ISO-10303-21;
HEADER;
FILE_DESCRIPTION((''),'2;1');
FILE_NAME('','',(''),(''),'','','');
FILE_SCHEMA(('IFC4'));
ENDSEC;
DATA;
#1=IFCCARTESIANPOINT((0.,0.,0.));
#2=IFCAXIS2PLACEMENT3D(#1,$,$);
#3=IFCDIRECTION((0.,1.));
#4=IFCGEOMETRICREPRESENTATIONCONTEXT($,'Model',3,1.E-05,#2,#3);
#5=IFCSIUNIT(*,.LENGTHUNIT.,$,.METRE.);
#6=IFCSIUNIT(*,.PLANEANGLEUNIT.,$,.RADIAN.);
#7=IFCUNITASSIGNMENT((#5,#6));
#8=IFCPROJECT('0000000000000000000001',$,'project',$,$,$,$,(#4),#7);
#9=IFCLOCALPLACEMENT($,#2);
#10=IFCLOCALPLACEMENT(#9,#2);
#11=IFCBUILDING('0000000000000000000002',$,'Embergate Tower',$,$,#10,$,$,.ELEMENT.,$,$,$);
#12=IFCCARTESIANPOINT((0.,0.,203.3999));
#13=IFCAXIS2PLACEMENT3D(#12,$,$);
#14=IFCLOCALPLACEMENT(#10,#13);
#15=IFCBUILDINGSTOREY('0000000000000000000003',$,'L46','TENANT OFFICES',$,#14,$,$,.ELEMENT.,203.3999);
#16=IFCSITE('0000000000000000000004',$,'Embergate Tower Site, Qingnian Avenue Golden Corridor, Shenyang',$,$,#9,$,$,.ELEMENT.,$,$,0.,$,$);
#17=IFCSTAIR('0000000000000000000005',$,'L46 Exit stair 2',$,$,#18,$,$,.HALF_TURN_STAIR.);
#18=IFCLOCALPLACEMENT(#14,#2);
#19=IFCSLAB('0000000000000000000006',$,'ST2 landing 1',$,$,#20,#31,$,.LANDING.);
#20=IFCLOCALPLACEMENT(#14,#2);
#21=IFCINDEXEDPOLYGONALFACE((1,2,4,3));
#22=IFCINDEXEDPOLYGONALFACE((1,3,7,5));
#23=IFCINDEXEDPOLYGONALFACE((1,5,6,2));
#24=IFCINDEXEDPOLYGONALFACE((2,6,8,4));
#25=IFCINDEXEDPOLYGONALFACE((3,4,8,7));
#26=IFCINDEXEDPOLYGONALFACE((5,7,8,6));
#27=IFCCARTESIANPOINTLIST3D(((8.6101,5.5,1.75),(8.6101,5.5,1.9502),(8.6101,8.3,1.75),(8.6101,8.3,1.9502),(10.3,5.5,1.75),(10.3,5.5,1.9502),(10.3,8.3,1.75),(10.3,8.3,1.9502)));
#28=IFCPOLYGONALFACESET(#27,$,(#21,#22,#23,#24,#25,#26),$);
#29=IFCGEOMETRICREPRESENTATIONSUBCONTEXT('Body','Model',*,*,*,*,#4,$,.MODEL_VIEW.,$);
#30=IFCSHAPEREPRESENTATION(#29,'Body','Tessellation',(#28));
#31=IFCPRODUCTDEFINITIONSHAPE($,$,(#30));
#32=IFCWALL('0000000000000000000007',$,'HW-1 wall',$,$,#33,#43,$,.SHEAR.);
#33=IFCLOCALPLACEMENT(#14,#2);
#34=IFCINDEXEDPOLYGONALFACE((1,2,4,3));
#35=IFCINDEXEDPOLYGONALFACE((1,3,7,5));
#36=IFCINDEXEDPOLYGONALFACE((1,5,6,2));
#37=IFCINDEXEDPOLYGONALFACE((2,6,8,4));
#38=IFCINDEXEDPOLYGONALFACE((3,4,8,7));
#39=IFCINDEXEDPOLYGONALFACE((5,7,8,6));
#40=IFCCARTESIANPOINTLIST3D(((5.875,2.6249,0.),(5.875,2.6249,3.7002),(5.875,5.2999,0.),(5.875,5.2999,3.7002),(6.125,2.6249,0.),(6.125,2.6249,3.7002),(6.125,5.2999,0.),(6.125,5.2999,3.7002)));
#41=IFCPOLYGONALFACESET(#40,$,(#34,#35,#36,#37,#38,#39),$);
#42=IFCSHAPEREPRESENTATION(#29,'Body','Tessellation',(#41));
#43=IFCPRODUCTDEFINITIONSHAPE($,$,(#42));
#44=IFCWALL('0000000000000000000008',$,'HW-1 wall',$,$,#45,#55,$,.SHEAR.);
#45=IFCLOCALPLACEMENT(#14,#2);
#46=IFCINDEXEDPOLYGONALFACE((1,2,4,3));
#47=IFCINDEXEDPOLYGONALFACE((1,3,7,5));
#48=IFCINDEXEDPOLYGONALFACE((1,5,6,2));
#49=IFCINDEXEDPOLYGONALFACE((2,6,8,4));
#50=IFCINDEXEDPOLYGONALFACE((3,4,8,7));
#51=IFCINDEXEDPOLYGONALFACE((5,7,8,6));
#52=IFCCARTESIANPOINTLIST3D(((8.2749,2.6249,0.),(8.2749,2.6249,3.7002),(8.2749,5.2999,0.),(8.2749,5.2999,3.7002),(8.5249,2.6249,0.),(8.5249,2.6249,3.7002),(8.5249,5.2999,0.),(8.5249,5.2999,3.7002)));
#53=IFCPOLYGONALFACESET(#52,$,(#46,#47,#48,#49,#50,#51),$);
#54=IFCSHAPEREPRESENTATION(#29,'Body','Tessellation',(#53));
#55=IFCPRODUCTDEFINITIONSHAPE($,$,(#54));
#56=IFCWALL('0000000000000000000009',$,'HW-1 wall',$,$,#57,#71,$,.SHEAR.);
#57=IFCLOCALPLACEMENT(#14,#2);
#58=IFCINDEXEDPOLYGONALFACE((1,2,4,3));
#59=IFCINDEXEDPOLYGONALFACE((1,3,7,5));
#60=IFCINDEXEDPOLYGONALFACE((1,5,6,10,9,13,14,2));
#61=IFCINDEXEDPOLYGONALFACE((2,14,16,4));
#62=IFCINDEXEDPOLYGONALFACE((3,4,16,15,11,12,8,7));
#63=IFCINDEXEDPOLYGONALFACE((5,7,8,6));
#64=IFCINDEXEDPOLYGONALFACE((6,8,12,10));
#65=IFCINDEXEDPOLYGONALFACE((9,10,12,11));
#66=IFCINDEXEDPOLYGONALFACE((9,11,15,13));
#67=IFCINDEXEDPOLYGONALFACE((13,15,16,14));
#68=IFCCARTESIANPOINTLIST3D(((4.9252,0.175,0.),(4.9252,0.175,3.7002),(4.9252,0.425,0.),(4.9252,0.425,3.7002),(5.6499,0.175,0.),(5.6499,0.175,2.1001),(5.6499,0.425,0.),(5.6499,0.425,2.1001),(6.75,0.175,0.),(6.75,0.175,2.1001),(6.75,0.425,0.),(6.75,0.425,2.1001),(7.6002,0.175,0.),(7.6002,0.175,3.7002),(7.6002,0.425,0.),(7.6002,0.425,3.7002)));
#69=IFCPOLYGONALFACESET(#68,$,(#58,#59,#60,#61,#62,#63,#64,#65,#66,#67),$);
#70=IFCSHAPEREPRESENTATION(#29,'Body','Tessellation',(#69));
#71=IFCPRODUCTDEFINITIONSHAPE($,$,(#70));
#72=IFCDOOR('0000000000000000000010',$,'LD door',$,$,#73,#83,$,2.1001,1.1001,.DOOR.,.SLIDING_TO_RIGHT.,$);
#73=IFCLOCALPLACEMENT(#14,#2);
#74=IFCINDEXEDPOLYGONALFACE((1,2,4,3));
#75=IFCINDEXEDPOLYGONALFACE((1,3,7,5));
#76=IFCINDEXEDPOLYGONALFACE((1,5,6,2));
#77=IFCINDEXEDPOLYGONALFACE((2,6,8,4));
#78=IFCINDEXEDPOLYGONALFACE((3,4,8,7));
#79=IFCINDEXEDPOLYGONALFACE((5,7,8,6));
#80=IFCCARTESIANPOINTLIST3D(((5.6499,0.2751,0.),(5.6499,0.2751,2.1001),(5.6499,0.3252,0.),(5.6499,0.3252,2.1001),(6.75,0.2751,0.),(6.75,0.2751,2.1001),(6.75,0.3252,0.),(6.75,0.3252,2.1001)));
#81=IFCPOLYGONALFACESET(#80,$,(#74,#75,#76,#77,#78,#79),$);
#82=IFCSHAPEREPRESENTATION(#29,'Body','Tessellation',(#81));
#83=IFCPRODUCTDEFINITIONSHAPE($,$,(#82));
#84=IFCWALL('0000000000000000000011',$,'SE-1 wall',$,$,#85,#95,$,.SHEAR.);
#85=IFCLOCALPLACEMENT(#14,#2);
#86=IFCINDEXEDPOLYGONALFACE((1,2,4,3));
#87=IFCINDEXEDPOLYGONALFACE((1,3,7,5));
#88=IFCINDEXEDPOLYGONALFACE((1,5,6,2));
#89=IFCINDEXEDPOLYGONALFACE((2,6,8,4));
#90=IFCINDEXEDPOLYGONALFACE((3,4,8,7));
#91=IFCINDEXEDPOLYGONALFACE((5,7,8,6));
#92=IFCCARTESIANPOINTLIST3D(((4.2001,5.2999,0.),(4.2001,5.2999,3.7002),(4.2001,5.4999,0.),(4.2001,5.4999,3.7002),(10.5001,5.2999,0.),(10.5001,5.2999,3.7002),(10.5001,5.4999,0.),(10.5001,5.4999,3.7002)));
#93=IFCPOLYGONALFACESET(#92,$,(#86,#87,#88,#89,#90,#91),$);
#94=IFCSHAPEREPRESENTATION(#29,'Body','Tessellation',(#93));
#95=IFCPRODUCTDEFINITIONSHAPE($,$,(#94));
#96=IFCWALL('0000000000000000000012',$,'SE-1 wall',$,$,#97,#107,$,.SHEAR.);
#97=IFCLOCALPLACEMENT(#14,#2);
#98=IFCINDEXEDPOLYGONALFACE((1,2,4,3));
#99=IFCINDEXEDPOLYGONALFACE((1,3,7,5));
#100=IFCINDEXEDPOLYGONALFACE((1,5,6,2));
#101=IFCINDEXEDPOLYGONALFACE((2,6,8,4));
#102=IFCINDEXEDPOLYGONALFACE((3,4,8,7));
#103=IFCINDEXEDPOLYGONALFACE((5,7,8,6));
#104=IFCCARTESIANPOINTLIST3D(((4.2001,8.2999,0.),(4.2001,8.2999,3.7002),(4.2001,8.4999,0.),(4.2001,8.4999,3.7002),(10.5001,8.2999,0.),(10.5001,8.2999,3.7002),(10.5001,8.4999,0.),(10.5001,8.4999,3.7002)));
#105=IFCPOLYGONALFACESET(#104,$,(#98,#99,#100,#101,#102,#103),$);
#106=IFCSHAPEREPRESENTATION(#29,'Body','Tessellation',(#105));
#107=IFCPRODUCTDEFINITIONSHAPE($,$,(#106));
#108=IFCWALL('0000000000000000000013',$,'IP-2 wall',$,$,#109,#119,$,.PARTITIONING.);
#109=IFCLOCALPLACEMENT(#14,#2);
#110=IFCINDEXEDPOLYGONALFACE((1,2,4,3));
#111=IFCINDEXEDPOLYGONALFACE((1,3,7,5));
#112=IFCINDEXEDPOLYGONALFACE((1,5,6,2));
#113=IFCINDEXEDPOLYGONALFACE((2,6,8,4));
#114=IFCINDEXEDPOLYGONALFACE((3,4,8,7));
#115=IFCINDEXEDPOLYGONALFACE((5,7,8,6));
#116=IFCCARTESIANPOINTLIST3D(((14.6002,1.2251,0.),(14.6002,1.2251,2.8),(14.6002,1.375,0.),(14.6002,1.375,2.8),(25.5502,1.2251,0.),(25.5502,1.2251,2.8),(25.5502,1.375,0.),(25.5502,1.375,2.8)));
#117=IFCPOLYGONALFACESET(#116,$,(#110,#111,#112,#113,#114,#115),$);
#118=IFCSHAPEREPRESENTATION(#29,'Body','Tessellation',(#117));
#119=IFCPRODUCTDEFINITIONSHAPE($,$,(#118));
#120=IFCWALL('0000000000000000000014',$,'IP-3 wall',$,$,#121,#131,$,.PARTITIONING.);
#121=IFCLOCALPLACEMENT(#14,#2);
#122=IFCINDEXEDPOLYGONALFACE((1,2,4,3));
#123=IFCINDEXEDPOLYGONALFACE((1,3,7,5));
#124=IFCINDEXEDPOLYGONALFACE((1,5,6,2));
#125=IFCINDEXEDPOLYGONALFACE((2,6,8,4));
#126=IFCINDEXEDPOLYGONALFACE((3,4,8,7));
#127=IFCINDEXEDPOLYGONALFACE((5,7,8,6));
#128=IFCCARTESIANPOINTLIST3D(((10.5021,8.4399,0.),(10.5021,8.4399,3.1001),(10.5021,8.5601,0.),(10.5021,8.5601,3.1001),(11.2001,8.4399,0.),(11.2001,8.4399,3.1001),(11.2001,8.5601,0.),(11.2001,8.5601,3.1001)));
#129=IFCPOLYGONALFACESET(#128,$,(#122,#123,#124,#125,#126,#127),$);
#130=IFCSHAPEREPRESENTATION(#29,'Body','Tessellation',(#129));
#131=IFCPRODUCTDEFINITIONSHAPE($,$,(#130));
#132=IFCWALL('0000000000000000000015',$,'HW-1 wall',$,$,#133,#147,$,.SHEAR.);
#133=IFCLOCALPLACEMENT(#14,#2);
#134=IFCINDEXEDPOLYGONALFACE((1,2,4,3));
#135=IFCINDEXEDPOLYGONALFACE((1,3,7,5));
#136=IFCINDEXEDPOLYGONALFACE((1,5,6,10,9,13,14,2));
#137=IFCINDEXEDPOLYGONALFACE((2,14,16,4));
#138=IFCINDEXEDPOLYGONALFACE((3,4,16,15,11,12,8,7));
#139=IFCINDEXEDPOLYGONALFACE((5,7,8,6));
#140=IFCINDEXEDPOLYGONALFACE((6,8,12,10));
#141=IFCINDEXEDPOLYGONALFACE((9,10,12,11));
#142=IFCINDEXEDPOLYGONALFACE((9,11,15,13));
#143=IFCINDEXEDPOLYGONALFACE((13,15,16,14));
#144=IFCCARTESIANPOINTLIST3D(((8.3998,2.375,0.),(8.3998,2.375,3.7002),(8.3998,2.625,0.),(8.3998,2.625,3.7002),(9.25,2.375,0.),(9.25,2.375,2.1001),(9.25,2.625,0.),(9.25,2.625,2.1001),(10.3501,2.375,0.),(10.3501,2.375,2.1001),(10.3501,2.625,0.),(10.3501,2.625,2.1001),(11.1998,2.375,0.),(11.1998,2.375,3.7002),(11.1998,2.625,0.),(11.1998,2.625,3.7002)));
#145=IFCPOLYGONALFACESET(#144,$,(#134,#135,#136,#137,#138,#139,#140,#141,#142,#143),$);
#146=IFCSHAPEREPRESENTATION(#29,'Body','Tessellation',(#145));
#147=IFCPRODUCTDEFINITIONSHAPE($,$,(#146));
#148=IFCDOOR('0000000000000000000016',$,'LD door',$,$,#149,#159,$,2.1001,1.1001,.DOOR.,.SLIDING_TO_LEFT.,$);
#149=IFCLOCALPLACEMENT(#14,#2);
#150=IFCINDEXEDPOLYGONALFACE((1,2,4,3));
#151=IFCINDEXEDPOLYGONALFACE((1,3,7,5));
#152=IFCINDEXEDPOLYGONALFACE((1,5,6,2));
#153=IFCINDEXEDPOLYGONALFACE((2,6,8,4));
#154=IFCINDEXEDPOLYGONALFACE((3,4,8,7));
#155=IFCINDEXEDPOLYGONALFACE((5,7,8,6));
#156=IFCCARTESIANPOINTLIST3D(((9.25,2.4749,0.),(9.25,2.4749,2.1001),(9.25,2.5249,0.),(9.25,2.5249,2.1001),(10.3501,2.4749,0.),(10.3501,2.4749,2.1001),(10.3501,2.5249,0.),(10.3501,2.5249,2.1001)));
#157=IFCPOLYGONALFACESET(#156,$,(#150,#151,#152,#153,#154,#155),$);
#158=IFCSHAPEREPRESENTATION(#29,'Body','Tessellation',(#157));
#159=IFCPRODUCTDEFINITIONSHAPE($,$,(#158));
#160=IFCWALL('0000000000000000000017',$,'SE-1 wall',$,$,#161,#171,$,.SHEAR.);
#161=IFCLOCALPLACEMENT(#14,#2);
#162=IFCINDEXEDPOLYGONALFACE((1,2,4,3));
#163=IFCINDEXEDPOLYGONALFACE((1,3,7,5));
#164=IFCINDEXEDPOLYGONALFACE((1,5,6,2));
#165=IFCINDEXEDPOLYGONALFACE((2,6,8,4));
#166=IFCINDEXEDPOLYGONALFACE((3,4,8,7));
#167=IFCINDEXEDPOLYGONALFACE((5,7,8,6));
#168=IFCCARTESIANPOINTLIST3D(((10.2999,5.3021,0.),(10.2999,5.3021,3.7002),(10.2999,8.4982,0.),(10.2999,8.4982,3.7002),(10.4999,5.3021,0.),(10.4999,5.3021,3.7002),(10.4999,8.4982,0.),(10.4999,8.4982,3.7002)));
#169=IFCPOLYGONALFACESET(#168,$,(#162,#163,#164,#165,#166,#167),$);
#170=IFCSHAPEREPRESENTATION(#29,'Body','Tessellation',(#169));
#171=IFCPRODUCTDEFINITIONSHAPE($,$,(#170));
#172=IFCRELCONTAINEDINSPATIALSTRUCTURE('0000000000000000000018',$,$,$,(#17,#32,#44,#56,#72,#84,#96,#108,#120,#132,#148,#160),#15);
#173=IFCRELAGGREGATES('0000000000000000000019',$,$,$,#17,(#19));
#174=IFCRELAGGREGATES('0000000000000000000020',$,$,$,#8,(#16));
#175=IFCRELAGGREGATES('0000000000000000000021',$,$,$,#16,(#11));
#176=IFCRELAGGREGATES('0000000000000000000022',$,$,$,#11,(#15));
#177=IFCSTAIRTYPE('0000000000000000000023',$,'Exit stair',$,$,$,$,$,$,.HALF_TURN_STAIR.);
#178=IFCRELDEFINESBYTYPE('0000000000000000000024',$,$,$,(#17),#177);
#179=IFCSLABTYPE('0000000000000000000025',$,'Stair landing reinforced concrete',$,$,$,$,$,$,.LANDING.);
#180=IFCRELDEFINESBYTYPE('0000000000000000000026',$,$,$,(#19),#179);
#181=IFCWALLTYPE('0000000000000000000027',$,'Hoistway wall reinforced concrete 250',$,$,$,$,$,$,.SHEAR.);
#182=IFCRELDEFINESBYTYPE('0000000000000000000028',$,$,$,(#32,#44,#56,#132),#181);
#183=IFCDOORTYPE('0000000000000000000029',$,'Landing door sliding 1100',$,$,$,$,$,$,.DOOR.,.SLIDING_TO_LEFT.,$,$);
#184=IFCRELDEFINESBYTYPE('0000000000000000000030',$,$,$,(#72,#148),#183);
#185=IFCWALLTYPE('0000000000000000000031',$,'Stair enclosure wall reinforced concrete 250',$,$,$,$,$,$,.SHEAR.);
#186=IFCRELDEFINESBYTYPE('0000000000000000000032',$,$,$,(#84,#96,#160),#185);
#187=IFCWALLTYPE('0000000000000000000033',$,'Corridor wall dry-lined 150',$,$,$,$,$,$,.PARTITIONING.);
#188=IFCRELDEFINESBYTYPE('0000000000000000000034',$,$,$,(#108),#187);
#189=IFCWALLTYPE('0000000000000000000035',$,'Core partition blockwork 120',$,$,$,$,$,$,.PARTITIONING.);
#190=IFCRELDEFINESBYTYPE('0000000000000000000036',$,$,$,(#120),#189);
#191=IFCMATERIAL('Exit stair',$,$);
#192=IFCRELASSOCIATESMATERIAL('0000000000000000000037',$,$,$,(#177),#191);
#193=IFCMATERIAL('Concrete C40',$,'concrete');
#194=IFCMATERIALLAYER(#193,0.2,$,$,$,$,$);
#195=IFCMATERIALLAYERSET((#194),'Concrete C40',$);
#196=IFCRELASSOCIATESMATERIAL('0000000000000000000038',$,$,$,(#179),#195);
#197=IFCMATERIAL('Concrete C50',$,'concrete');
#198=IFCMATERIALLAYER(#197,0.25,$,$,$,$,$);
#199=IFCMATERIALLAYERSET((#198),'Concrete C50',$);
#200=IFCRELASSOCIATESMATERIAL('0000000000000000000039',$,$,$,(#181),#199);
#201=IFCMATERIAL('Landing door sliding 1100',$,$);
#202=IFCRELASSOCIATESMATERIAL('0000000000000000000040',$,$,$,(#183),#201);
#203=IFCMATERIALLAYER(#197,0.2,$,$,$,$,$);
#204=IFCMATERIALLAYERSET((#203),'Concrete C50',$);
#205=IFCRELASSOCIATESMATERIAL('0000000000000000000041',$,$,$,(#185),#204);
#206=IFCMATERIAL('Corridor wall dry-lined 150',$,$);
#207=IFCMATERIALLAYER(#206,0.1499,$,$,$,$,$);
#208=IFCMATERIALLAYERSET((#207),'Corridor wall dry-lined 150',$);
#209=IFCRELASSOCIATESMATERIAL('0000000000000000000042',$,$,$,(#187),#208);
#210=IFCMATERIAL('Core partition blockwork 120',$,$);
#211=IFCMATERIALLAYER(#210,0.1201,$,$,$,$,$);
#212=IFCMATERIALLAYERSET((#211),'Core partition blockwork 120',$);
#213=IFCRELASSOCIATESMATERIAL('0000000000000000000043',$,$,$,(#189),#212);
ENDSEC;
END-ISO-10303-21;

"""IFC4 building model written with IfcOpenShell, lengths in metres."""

from ifc_helpers import new_model, si_unit, direction, frame, frame_2d, origin, place, context, subcontext, project, spatial, polyline, rectangle, outline, extrude, source, transform, mapped, material, layer, layer_set, type_object, element, fill, aggregate, save


model = new_model("IFC4")

# Units and contexts
model_context = context("Model", 3, precision=1e-05, world=origin(), true_north=direction((0.0, 1.0)))
body_context = subcontext(model_context, "Body", "Model", "MODEL_VIEW")
ifc_project = project(units=[si_unit("LENGTHUNIT", "METRE"), si_unit("PLANEANGLEUNIT", "RADIAN")], contexts=[model_context])

# Site, building, storey
site_placement = place(None, origin())
site = spatial("IfcSite", under=ifc_project, at=site_placement, Name="Embergate Tower Site, Qingnian Avenue Golden Corridor, Shenyang", CompositionType="ELEMENT", RefElevation=0.0)
building_placement = place(site_placement, origin())
building = spatial("IfcBuilding", under=site, at=building_placement, Name="Embergate Tower", CompositionType="ELEMENT")
storey_placement = place(building_placement, frame((0.0, 0.0, 203.3999)))
storey = spatial("IfcBuildingStorey", under=building, at=storey_placement, Name="L46", Description="TENANT OFFICES", CompositionType="ELEMENT", Elevation=203.3999)

# Stair, slab
ifc_material_1 = material(Name="Exit stair")
stair_type = type_object("IfcStairType", Name="Exit stair", PredefinedType="HALF_TURN_STAIR", material=ifc_material_1)
stair_placement = place(storey_placement, origin())
stair = element("IfcStair", 1, at=stair_placement, inside=storey, type_object=stair_type, Name="L46 Exit stair 2", PredefinedType="HALF_TURN_STAIR")
ifc_material_2 = material(Name="Concrete C40", Category="concrete")
ifc_layer_1 = layer(ifc_material_2, 0.2)
ifc_layer_set_1 = layer_set([ifc_layer_1], Name="Concrete C40")
slab_type = type_object("IfcSlabType", Name="Stair landing reinforced concrete", PredefinedType="LANDING", material=ifc_layer_set_1)
shared_shape_1 = source(origin(), body_context, "Body", "SweptSolid", [
    extrude(outline(polyline([(0.0, 0.0), (1.6899, 0.0), (1.6899, 2.8), (0.0, 2.8), (0.0, 0.0)])), origin(), (0.0, 0.0, 1.0), 0.2002),
])
slab_placement = place(storey_placement, frame((8.6101, 5.5, 1.75)))
slab = element("IfcSlab", 2, at=slab_placement, type_object=slab_type, Name="ST2 landing 1", PredefinedType="LANDING", context=body_context, shape_type="MappedRepresentation", body=[
    mapped(shared_shape_1, transform((0.0, 0.0, 0.0))),
])

# Walls
ifc_material_3 = material(Name="Concrete C50", Category="concrete")
ifc_layer_2 = layer(ifc_material_3, 0.25)
ifc_layer_set_2 = layer_set([ifc_layer_2], Name="Concrete C50")
wall_type_1 = type_object("IfcWallType", Name="Hoistway wall reinforced concrete 250", PredefinedType="SHEAR", material=ifc_layer_set_2)
shared_shape_2 = source(origin(), body_context, "Body", "SweptSolid", [
    extrude(rectangle(XDim=2.675, YDim=0.25, at=frame_2d((1.3374, 0.0))), origin(), (0.0, 0.0, 1.0), 3.7002),
])
for number, where, z_axis, x_axis, name in (
    (3, (6.0, 2.625, 0.0), (0.0, 0.0, 1.0), (0.0, 1.0, 0.0), "HW-1 wall"),
    (4, (8.3999, 2.625, 0.0), (0.0, 0.0, 1.0), (0.0, 1.0, 0.0), "HW-1 wall"),
):
    element("IfcWall", number, at=place(storey_placement, frame(where, z_axis=z_axis, x_axis=x_axis)), inside=storey, type_object=wall_type_1, Name=name, PredefinedType="SHEAR", context=body_context, shape_type="MappedRepresentation", body=[
        mapped(shared_shape_2, transform((0.0, 0.0, 0.0))),
    ])

# Wall, opening, door
wall_1_placement = place(storey_placement, frame((7.6001, 0.3, 0.0), z_axis=(0.0, 0.0, 1.0), x_axis=(-1.0, 0.0, 0.0)))
wall_1 = element("IfcWall", 5, at=wall_1_placement, inside=storey, type_object=wall_type_1, Name="HW-1 wall", PredefinedType="SHEAR", context=body_context, shape_type="MappedRepresentation", body=[
    mapped(shared_shape_2, transform((0.0, 0.0, 0.0))),
])
shared_shape_3 = source(origin(), body_context, "Body", "SweptSolid", [
    extrude(rectangle(XDim=1.1001, YDim=2.1001, at=frame_2d((0.55, 1.05))), frame((0.0, 0.135, 0.0), z_axis=(0.0, -1.0, 0.0), x_axis=(1.0, 0.0, 0.0)), (0.0, 0.0, 1.0), 0.27),
])
opening_1_placement = place(wall_1_placement, frame((0.8501, 0.0, 0.0)))
opening_1 = element("IfcOpeningElement", 6, at=opening_1_placement, cuts=wall_1, PredefinedType="OPENING", context=body_context, shape_type="MappedRepresentation", body=[
    mapped(shared_shape_3, transform((0.0, 0.0, 0.0))),
])
ifc_material_4 = material(Name="Landing door sliding 1100")
door_type = type_object("IfcDoorType", Name="Landing door sliding 1100", OperationType="SLIDING_TO_LEFT", PredefinedType="DOOR", material=ifc_material_4)
shared_shape_4 = source(origin(), body_context, "Body", "SweptSolid", [
    extrude(rectangle(XDim=1.1001, YDim=2.1001, at=frame_2d((0.55, 1.05))), frame((0.0, 0.0249, 0.0), z_axis=(0.0, -1.0, 0.0), x_axis=(1.0, 0.0, 0.0)), (0.0, 0.0, 1.0), 0.05),
])
door_1_placement = place(opening_1_placement, origin())
door_1 = element("IfcDoor", 7, at=door_1_placement, inside=storey, type_object=door_type, Name="LD door", OperationType="SLIDING_TO_RIGHT", OverallHeight=2.1001, OverallWidth=1.1001, PredefinedType="DOOR", context=body_context, shape_type="MappedRepresentation", body=[
    mapped(shared_shape_4, transform((0.0, 0.0, 0.0))),
])
fill(opening_1, door_1)

# Walls
ifc_layer_3 = layer(ifc_material_3, 0.2)
ifc_layer_set_3 = layer_set([ifc_layer_3], Name="Concrete C50")
wall_type_2 = type_object("IfcWallType", Name="Stair enclosure wall reinforced concrete 250", PredefinedType="SHEAR", material=ifc_layer_set_3)
shared_shape_5 = source(origin(), body_context, "Body", "SweptSolid", [
    extrude(rectangle(XDim=6.3, YDim=0.2, at=frame_2d((3.1499, 0.0))), origin(), (0.0, 0.0, 1.0), 3.7002),
])
for number, where, z_axis, x_axis, name in (
    (8, (10.5, 5.3999, 0.0), (0.0, 0.0, 1.0), (-1.0, 0.0, 0.0), "SE-1 wall"),
    (9, (10.5, 8.3999, 0.0), (0.0, 0.0, 1.0), (-1.0, 0.0, 0.0), "SE-1 wall"),
):
    element("IfcWall", number, at=place(storey_placement, frame(where, z_axis=z_axis, x_axis=x_axis)), inside=storey, type_object=wall_type_2, Name=name, PredefinedType="SHEAR", context=body_context, shape_type="MappedRepresentation", body=[
        mapped(shared_shape_5, transform((0.0, 0.0, 0.0))),
    ])
ifc_material_5 = material(Name="Corridor wall dry-lined 150")
ifc_layer_4 = layer(ifc_material_5, 0.1499)
ifc_layer_set_4 = layer_set([ifc_layer_4], Name="Corridor wall dry-lined 150")
wall_type_3 = type_object("IfcWallType", Name="Corridor wall dry-lined 150", PredefinedType="PARTITIONING", material=ifc_layer_set_4)
shared_shape_6 = source(origin(), body_context, "Body", "SweptSolid", [
    extrude(rectangle(XDim=10.95, YDim=0.1499, at=frame_2d((5.4751, 0.0))), origin(), (0.0, 0.0, 1.0), 2.8),
])
wall_2_placement = place(storey_placement, frame((14.6001, 1.3, 0.0), z_axis=(0.0, 0.0, 1.0), x_axis=(1.0, 0.0, 0.0)))
element("IfcWall", 10, at=wall_2_placement, inside=storey, type_object=wall_type_3, Name="IP-2 wall", PredefinedType="PARTITIONING", context=body_context, shape_type="MappedRepresentation", body=[
    mapped(shared_shape_6, transform((0.0, 0.0, 0.0))),
])
ifc_material_6 = material(Name="Core partition blockwork 120")
ifc_layer_5 = layer(ifc_material_6, 0.1201)
ifc_layer_set_5 = layer_set([ifc_layer_5], Name="Core partition blockwork 120")
wall_type_4 = type_object("IfcWallType", Name="Core partition blockwork 120", PredefinedType="PARTITIONING", material=ifc_layer_set_5)
shared_shape_7 = source(origin(), body_context, "Body", "SweptSolid", [
    extrude(rectangle(XDim=0.698, YDim=0.1201, at=frame_2d((0.3491, 0.0))), origin(), (0.0, 0.0, 1.0), 3.1001),
])
wall_3_placement = place(storey_placement, frame((10.502, 8.5, 0.0), z_axis=(0.0, 0.0, 1.0), x_axis=(1.0, 0.0, 0.0)))
element("IfcWall", 11, at=wall_3_placement, inside=storey, type_object=wall_type_4, Name="IP-3 wall", PredefinedType="PARTITIONING", context=body_context, shape_type="MappedRepresentation", body=[
    mapped(shared_shape_7, transform((0.0, 0.0, 0.0))),
])

# Wall, opening, door
shared_shape_8 = source(origin(), body_context, "Body", "SweptSolid", [
    extrude(rectangle(XDim=2.8, YDim=0.25, at=frame_2d((1.3999, 0.0))), origin(), (0.0, 0.0, 1.0), 3.7002),
])
wall_4_placement = place(storey_placement, frame((8.3999, 2.5, 0.0), z_axis=(0.0, 0.0, 1.0), x_axis=(1.0, 0.0, 0.0)))
wall_4 = element("IfcWall", 12, at=wall_4_placement, inside=storey, type_object=wall_type_1, Name="HW-1 wall", PredefinedType="SHEAR", context=body_context, shape_type="MappedRepresentation", body=[
    mapped(shared_shape_8, transform((0.0, 0.0, 0.0))),
])
opening_2_placement = place(wall_4_placement, frame((0.8501, 0.0, 0.0)))
opening_2 = element("IfcOpeningElement", 13, at=opening_2_placement, cuts=wall_4, PredefinedType="OPENING", context=body_context, shape_type="MappedRepresentation", body=[
    mapped(shared_shape_3, transform((0.0, 0.0, 0.0))),
])
door_2_placement = place(opening_2_placement, origin())
door_2 = element("IfcDoor", 14, at=door_2_placement, inside=storey, type_object=door_type, Name="LD door", OperationType="SLIDING_TO_LEFT", OverallHeight=2.1001, OverallWidth=1.1001, PredefinedType="DOOR", context=body_context, shape_type="MappedRepresentation", body=[
    mapped(shared_shape_4, transform((0.0, 0.0, 0.0))),
])
fill(opening_2, door_2)

# Wall
shared_shape_9 = source(origin(), body_context, "Body", "SweptSolid", [
    extrude(rectangle(XDim=3.196, YDim=0.2, at=frame_2d((1.5981, 0.0))), origin(), (0.0, 0.0, 1.0), 3.7002),
])
wall_5_placement = place(storey_placement, frame((10.3999, 5.302, 0.0), z_axis=(0.0, 0.0, 1.0), x_axis=(0.0, 1.0, 0.0)))
element("IfcWall", 15, at=wall_5_placement, inside=storey, type_object=wall_type_2, Name="SE-1 wall", PredefinedType="SHEAR", context=body_context, shape_type="MappedRepresentation", body=[
    mapped(shared_shape_9, transform((0.0, 0.0, 0.0))),
])

aggregate(stair, [slab])

save(model, "model.ifc")
